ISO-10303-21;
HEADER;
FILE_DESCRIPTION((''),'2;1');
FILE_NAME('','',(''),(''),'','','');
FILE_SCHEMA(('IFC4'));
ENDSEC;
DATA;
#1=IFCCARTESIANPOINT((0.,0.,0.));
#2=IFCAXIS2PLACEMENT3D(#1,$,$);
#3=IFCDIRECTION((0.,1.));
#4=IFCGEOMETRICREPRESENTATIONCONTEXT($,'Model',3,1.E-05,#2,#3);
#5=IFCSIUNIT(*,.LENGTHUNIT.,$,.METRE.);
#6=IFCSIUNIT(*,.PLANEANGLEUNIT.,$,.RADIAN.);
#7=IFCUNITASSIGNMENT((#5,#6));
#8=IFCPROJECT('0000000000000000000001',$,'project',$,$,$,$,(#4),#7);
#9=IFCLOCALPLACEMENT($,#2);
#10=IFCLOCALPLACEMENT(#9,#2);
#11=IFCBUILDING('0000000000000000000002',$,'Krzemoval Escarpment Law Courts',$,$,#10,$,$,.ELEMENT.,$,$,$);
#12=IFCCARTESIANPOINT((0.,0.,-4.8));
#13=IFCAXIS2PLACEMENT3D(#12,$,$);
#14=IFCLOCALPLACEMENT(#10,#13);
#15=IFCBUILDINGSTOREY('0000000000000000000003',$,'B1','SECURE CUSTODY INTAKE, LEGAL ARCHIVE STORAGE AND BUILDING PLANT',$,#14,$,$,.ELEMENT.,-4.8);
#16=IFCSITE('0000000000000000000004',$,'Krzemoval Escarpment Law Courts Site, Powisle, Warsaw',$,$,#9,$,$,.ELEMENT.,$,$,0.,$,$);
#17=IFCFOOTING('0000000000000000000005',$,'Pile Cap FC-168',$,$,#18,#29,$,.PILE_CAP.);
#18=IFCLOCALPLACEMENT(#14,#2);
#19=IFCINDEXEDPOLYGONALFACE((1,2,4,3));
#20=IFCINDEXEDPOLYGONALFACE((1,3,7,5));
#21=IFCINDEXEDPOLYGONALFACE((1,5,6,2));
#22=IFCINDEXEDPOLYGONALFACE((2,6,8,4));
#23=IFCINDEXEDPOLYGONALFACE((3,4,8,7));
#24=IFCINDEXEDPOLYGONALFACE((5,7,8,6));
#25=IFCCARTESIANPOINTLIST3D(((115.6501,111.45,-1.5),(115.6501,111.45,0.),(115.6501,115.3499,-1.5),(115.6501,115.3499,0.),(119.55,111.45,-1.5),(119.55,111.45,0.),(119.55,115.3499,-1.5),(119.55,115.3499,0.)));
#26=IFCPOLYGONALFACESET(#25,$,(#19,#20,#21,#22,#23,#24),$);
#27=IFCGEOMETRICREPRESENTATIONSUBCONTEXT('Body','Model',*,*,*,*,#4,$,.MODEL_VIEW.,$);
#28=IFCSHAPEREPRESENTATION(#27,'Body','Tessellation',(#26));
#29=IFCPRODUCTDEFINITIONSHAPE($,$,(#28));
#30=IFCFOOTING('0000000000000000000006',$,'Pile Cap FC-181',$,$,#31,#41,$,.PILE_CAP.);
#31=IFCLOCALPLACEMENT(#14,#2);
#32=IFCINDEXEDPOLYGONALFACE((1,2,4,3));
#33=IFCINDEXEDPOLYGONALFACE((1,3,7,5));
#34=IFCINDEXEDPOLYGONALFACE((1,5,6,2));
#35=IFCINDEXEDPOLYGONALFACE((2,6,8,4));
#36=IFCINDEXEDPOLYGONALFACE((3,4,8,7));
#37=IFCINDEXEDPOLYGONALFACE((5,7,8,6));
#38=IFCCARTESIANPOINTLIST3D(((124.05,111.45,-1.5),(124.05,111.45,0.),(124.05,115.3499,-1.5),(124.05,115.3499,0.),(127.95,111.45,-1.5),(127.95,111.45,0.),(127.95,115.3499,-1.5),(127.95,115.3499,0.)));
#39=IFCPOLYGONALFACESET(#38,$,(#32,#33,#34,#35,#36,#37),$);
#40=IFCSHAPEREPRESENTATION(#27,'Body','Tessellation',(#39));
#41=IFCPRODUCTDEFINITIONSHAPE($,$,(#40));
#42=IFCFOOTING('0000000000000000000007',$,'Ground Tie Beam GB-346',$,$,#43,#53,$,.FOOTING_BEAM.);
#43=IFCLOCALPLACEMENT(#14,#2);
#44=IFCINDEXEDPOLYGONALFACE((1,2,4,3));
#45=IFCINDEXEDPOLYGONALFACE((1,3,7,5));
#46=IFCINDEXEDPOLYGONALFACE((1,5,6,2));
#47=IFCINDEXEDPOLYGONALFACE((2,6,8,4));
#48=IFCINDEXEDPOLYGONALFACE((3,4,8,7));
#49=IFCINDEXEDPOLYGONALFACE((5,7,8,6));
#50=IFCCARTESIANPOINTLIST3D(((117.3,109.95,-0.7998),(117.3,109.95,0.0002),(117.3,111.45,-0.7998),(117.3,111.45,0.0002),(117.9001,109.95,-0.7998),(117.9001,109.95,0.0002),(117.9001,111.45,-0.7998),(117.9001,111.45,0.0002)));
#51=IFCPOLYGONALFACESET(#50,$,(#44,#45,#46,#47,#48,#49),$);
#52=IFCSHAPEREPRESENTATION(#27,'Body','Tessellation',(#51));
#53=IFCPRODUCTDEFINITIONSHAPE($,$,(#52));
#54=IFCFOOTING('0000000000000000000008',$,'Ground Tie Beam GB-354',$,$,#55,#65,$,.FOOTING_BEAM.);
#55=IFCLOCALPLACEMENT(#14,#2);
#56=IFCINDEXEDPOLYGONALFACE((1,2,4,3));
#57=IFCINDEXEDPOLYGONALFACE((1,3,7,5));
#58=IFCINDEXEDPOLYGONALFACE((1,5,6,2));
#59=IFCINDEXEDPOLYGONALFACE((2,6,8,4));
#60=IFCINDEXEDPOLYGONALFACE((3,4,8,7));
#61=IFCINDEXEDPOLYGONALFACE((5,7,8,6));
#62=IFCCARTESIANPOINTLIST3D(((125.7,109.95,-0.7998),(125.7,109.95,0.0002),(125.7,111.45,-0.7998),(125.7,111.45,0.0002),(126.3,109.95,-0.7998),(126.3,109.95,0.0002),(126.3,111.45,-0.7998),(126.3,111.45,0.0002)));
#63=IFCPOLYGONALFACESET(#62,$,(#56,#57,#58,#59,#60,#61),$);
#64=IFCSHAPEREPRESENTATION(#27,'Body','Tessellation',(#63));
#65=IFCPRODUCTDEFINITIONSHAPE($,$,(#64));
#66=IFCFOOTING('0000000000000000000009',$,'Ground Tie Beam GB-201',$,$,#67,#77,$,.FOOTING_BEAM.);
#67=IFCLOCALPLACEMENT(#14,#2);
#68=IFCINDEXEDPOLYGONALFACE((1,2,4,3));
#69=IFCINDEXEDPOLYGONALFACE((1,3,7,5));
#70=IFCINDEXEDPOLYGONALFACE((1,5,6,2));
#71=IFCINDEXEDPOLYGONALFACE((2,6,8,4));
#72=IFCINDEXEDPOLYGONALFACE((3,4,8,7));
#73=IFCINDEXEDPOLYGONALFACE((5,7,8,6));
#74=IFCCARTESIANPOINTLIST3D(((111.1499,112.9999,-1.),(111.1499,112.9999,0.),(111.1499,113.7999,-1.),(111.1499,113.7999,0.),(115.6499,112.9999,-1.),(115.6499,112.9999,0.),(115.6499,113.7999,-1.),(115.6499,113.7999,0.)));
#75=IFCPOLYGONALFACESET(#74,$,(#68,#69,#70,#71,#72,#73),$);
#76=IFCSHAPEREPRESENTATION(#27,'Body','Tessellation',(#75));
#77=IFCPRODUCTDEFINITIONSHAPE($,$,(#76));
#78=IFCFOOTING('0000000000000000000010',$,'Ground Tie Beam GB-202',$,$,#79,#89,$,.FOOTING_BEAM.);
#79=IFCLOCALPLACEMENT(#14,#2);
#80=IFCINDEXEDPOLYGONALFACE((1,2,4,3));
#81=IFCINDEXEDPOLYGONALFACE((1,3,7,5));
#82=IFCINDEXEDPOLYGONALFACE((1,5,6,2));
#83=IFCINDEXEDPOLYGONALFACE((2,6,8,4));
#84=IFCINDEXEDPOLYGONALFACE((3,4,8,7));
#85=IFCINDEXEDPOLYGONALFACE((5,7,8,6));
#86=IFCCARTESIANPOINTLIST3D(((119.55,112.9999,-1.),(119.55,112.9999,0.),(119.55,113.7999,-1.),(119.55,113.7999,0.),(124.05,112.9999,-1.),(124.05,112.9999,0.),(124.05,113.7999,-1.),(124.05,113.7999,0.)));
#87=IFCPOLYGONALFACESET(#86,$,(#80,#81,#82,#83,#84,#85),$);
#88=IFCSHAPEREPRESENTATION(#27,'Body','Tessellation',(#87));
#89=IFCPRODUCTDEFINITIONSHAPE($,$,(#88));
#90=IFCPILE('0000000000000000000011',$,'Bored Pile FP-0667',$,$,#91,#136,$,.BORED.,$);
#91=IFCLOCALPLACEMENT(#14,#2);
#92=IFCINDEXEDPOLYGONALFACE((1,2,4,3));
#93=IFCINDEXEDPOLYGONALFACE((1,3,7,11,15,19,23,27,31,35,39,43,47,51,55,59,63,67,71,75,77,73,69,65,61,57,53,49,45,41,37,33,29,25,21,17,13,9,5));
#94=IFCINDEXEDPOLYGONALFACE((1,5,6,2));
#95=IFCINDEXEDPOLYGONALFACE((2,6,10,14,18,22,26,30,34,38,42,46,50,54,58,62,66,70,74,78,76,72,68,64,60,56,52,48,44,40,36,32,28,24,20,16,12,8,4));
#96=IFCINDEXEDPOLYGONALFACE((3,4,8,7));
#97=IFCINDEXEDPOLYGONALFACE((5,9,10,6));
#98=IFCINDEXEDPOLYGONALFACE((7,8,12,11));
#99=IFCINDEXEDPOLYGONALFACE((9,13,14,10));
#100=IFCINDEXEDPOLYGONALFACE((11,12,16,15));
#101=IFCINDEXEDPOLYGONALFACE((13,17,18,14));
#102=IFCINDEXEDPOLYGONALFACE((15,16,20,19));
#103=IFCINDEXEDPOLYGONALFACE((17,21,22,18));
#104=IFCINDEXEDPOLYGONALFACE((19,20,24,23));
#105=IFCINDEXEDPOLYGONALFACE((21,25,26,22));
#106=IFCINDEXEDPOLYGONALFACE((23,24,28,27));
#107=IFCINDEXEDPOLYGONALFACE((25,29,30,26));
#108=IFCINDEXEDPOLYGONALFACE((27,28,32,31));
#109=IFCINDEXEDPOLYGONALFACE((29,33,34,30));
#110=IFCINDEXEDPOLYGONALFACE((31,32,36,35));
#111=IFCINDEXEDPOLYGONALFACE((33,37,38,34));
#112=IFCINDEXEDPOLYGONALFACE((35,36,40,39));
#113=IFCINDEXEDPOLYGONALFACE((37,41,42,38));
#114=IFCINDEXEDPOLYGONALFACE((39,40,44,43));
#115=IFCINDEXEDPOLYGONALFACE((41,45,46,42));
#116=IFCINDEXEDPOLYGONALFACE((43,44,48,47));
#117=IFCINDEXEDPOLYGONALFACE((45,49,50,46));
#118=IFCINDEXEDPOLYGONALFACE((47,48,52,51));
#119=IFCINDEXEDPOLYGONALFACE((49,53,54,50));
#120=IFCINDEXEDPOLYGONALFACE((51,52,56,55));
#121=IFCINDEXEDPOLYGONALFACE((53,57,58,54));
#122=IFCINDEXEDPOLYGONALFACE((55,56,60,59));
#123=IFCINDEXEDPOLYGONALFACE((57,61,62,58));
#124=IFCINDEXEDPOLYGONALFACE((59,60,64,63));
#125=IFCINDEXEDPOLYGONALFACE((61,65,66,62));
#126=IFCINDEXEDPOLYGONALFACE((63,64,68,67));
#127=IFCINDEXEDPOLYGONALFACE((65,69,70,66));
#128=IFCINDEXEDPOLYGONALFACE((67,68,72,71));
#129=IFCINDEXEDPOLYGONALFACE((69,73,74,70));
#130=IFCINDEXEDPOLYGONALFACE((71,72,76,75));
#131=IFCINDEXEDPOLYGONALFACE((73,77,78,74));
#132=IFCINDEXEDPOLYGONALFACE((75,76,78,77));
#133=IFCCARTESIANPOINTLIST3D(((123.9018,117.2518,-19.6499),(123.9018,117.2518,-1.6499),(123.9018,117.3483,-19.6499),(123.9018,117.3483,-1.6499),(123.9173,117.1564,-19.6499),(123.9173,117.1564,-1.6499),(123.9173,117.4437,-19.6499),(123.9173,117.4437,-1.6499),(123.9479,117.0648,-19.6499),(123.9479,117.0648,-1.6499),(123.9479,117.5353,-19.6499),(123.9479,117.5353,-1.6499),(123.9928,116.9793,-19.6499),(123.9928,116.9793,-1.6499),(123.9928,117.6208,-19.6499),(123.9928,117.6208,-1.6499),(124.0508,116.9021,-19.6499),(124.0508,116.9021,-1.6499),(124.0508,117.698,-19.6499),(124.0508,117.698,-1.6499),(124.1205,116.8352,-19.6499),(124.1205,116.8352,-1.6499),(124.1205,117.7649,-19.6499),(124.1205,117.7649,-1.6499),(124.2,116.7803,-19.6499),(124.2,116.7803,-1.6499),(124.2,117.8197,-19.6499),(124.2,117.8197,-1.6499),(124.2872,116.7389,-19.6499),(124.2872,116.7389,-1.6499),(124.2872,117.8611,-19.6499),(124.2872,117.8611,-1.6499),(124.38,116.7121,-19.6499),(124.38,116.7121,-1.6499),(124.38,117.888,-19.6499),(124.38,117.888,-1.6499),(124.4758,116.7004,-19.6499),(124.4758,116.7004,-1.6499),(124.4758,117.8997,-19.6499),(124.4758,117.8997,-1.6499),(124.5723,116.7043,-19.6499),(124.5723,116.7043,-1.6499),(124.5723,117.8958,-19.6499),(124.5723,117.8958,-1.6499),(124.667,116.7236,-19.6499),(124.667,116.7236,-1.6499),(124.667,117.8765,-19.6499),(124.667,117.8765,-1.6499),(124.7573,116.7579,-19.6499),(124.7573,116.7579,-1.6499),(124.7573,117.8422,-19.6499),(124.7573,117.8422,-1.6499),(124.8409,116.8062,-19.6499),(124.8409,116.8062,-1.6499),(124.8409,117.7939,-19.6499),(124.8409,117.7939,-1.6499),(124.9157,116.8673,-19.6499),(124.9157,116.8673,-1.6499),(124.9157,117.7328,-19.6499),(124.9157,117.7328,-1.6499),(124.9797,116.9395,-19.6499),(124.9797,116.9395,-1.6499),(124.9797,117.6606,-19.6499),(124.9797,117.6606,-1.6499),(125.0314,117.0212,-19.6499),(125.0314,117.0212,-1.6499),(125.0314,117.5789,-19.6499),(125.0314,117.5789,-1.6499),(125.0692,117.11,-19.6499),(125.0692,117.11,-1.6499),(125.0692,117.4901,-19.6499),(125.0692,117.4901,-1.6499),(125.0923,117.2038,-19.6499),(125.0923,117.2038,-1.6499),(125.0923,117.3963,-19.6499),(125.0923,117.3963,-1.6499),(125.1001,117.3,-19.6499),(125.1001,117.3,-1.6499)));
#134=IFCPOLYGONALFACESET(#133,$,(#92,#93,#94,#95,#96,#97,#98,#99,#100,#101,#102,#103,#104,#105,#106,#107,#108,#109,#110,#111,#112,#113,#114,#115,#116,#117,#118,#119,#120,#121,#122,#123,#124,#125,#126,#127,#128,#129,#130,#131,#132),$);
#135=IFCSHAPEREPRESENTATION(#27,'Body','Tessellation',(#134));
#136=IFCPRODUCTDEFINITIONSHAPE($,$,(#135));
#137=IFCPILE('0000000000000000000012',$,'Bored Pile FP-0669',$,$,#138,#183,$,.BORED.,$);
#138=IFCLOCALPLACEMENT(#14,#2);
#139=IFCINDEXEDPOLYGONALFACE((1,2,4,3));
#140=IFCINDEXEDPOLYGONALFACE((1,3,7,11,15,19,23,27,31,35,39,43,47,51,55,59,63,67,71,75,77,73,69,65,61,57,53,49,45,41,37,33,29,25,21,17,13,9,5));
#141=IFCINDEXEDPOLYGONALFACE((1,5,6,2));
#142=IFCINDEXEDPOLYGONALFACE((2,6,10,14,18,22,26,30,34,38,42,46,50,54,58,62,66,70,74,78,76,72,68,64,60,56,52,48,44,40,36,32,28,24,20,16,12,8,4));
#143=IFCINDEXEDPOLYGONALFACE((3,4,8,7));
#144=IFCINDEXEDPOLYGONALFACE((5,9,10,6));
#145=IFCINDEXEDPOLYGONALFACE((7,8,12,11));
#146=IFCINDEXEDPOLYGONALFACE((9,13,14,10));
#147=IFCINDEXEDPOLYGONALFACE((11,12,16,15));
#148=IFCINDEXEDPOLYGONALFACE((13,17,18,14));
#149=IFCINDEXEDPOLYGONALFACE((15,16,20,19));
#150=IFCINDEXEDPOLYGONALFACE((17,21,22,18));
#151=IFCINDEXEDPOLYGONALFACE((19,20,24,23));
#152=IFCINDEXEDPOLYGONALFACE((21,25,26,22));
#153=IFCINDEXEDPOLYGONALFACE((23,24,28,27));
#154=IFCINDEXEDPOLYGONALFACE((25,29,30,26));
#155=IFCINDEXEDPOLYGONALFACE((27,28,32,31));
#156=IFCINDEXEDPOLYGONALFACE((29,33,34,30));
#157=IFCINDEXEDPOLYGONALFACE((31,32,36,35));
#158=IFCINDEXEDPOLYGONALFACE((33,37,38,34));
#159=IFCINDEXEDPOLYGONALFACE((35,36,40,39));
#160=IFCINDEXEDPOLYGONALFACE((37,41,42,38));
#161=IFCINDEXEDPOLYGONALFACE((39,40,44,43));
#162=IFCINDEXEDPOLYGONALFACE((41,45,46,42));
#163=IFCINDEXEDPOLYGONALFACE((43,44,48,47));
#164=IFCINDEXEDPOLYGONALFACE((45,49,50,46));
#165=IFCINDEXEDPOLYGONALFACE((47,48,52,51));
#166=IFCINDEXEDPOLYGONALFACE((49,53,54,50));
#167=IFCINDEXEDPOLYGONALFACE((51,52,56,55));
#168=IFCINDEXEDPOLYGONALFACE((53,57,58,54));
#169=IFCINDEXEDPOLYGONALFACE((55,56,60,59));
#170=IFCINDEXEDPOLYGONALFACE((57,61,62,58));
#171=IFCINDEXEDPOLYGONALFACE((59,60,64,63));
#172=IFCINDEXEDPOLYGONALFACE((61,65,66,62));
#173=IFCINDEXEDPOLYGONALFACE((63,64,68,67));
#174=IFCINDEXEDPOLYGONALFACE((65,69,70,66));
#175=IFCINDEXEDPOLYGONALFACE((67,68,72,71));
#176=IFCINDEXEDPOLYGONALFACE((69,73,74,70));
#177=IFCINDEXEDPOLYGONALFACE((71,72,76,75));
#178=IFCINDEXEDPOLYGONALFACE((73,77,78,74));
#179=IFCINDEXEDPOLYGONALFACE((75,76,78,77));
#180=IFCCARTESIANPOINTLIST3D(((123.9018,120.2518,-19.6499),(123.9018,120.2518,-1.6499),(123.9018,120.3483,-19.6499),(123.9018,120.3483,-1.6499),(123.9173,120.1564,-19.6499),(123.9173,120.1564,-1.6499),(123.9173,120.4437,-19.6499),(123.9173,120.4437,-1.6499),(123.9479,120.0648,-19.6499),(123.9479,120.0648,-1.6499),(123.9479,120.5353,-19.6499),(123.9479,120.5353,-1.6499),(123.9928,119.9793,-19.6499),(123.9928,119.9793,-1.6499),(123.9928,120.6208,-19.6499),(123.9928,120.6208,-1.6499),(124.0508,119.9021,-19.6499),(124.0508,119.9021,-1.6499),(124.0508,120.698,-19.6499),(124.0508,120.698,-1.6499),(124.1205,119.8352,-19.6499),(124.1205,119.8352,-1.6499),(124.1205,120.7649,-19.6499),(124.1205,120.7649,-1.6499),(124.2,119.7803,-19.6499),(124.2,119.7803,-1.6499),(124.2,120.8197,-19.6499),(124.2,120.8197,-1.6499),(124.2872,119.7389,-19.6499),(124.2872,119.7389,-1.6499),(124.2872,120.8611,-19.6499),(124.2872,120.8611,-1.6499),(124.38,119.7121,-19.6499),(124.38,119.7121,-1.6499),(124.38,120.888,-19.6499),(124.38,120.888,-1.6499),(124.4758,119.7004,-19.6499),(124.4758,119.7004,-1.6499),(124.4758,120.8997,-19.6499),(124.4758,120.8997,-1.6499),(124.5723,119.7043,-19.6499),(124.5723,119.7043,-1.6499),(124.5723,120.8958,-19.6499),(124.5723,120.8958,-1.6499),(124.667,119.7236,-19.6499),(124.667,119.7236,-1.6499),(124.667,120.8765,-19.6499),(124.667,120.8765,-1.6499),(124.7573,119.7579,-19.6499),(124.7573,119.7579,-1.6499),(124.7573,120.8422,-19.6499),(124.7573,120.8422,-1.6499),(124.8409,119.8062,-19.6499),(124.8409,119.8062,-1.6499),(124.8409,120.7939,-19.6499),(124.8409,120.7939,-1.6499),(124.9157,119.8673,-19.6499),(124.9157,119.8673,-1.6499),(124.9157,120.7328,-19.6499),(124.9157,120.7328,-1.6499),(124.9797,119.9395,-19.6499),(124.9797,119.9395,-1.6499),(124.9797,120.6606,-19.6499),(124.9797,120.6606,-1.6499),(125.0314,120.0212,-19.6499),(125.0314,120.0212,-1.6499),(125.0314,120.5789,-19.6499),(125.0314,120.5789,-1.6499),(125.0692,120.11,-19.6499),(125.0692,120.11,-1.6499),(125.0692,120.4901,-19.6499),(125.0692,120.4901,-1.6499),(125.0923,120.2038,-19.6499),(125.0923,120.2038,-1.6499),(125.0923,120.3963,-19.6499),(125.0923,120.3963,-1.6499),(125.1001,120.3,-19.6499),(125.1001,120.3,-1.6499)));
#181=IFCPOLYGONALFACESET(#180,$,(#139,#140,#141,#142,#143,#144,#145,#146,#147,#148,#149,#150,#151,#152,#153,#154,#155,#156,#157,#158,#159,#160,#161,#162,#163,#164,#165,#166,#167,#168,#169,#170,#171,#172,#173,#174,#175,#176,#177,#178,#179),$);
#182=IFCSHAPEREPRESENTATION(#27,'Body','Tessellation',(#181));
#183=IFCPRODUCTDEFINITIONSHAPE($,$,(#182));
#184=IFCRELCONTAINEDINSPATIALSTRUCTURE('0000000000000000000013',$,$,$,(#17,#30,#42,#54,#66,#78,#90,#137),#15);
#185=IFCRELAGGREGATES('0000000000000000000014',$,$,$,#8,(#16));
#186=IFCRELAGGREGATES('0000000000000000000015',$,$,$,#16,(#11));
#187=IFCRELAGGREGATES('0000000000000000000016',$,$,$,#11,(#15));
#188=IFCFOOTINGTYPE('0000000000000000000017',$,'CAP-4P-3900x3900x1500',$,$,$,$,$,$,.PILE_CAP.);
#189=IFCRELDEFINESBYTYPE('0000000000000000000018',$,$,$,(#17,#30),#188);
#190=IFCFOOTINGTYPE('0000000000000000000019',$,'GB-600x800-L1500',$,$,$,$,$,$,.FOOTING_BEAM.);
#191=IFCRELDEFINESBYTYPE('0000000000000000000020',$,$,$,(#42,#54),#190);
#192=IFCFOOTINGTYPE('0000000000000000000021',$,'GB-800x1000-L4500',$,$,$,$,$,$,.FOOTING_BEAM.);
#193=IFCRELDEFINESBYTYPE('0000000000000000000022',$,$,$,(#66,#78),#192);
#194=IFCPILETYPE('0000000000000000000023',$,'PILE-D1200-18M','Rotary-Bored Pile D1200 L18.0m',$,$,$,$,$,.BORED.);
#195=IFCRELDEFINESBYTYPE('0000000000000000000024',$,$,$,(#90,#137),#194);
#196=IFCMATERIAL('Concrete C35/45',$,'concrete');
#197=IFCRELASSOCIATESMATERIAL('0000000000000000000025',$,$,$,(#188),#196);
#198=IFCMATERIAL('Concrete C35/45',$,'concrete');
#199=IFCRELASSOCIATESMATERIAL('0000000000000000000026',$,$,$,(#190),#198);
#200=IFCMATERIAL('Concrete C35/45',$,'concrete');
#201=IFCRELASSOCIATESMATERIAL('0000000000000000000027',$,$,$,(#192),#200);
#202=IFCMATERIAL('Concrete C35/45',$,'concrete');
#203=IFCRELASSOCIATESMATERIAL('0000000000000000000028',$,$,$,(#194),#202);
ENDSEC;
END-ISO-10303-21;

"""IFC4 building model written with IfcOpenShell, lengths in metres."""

from ifc_helpers import new_model, si_unit, direction, frame, origin, origin_2d, place, context, subcontext, project, spatial, rectangle, circle, extrude, material, material_profile, profile_set, type_object, element, save


model = new_model("IFC4")

# Units and contexts
model_context = context("Model", 3, precision=1e-05, world=origin(), true_north=direction((0.0, 1.0)))
body_context = subcontext(model_context, "Body", "Model", "MODEL_VIEW")
ifc_project = project(units=[si_unit("LENGTHUNIT", "METRE"), si_unit("PLANEANGLEUNIT", "RADIAN")], contexts=[model_context])

# Site, building, storey
site_placement = place(None, origin())
site = spatial("IfcSite", under=ifc_project, at=site_placement, Name="Krzemoval Escarpment Law Courts Site, Powisle, Warsaw", CompositionType="ELEMENT", RefElevation=0.0)
building_placement = place(site_placement, origin())
building = spatial("IfcBuilding", under=site, at=building_placement, Name="Krzemoval Escarpment Law Courts", CompositionType="ELEMENT")
storey_placement = place(building_placement, frame((0.0, 0.0, -4.8)))
storey = spatial("IfcBuildingStorey", under=building, at=storey_placement, Name="B1", Description="SECURE CUSTODY INTAKE, LEGAL ARCHIVE STORAGE AND BUILDING PLANT", CompositionType="ELEMENT", Elevation=-4.8)

# Footings
ifc_material_1 = material(Name="Concrete C35/45", Category="concrete")
footing_type_1 = type_object("IfcFootingType", Name="CAP-4P-3900x3900x1500", PredefinedType="PILE_CAP", material=ifc_material_1)
for number, where, z_axis, x_axis, name in (
    (1, (117.6001, 113.3999, -1.5), (0.0, 0.0, 1.0), (1.0, 0.0, 0.0), "Pile Cap FC-168"),
    (2, (126.0, 113.3999, -1.5), (0.0, 0.0, 1.0), (1.0, 0.0, 0.0), "Pile Cap FC-181"),
):
    element("IfcFooting", number, at=place(storey_placement, frame(where, z_axis=z_axis, x_axis=x_axis)), inside=storey, type_object=footing_type_1, Name=name, PredefinedType="PILE_CAP", context=body_context, shape_type="SweptSolid", body=[
        extrude(rectangle(XDim=3.8999, YDim=3.8999, at=origin_2d()), origin(), (0.0, 0.0, 1.0), 1.5),
    ])
ifc_material_2 = material(Name="Concrete C35/45", Category="concrete")
footing_type_2 = type_object("IfcFootingType", Name="GB-600x800-L1500", PredefinedType="FOOTING_BEAM", material=ifc_material_2)
for number, where, z_axis, x_axis, name in (
    (3, (117.6001, 110.7, -0.7998), (0.0, 0.0, 1.0), (0.0, 1.0, 0.0), "Ground Tie Beam GB-346"),
    (4, (126.0, 110.7, -0.7998), (0.0, 0.0, 1.0), (0.0, 1.0, 0.0), "Ground Tie Beam GB-354"),
):
    element("IfcFooting", number, at=place(storey_placement, frame(where, z_axis=z_axis, x_axis=x_axis)), inside=storey, type_object=footing_type_2, Name=name, PredefinedType="FOOTING_BEAM", context=body_context, shape_type="SweptSolid", body=[
        extrude(rectangle(XDim=1.5, YDim=0.6001, at=origin_2d()), origin(), (0.0, 0.0, 1.0), 0.8),
    ])
ifc_material_3 = material(Name="Concrete C35/45", Category="concrete")
footing_type_3 = type_object("IfcFootingType", Name="GB-800x1000-L4500", PredefinedType="FOOTING_BEAM", material=ifc_material_3)
for number, where, z_axis, x_axis, name in (
    (5, (113.3999, 113.3999, -1.0), (0.0, 0.0, 1.0), (1.0, 0.0, 0.0), "Ground Tie Beam GB-201"),
    (6, (121.8, 113.3999, -1.0), (0.0, 0.0, 1.0), (1.0, 0.0, 0.0), "Ground Tie Beam GB-202"),
):
    element("IfcFooting", number, at=place(storey_placement, frame(where, z_axis=z_axis, x_axis=x_axis)), inside=storey, type_object=footing_type_3, Name=name, PredefinedType="FOOTING_BEAM", context=body_context, shape_type="SweptSolid", body=[
        extrude(rectangle(XDim=4.5, YDim=0.8, at=origin_2d()), origin(), (0.0, 0.0, 1.0), 1.0),
    ])

# Piles
ifc_material_4 = material(Name="Concrete C35/45", Category="concrete")
ifc_material_profile_1 = material_profile(ifc_material_4, circle(Radius=0.6001, at=origin_2d()), Name="PILE D1200")
ifc_profile_set_1 = profile_set([ifc_material_profile_1], Name="Concrete C35/45")
pile_type_1 = type_object("IfcPileType", Name="PILE-D1200-18M", Description="Rotary-Bored Pile D1200 L18.0m", PredefinedType="BORED", material=ifc_profile_set_1)
for number, where, z_axis, x_axis, name in (
    (7, (124.5, 117.3, -1.6499), (0.0, 0.0, -1.0), (1.0, 0.0, 0.0), "Bored Pile FP-0667"),
    (8, (124.5, 120.3, -1.6499), (0.0, 0.0, -1.0), (1.0, 0.0, 0.0), "Bored Pile FP-0669"),
):
    element("IfcPile", number, at=place(storey_placement, frame(where, z_axis=z_axis, x_axis=x_axis)), inside=storey, type_object=pile_type_1, Name=name, PredefinedType="BORED", context=body_context, shape_type="SweptSolid", body=[
        extrude(circle(Radius=0.6001, at=origin_2d()), origin(), (0.0, 0.0, 1.0), 18.0),
    ])

save(model, "model.ifc")
